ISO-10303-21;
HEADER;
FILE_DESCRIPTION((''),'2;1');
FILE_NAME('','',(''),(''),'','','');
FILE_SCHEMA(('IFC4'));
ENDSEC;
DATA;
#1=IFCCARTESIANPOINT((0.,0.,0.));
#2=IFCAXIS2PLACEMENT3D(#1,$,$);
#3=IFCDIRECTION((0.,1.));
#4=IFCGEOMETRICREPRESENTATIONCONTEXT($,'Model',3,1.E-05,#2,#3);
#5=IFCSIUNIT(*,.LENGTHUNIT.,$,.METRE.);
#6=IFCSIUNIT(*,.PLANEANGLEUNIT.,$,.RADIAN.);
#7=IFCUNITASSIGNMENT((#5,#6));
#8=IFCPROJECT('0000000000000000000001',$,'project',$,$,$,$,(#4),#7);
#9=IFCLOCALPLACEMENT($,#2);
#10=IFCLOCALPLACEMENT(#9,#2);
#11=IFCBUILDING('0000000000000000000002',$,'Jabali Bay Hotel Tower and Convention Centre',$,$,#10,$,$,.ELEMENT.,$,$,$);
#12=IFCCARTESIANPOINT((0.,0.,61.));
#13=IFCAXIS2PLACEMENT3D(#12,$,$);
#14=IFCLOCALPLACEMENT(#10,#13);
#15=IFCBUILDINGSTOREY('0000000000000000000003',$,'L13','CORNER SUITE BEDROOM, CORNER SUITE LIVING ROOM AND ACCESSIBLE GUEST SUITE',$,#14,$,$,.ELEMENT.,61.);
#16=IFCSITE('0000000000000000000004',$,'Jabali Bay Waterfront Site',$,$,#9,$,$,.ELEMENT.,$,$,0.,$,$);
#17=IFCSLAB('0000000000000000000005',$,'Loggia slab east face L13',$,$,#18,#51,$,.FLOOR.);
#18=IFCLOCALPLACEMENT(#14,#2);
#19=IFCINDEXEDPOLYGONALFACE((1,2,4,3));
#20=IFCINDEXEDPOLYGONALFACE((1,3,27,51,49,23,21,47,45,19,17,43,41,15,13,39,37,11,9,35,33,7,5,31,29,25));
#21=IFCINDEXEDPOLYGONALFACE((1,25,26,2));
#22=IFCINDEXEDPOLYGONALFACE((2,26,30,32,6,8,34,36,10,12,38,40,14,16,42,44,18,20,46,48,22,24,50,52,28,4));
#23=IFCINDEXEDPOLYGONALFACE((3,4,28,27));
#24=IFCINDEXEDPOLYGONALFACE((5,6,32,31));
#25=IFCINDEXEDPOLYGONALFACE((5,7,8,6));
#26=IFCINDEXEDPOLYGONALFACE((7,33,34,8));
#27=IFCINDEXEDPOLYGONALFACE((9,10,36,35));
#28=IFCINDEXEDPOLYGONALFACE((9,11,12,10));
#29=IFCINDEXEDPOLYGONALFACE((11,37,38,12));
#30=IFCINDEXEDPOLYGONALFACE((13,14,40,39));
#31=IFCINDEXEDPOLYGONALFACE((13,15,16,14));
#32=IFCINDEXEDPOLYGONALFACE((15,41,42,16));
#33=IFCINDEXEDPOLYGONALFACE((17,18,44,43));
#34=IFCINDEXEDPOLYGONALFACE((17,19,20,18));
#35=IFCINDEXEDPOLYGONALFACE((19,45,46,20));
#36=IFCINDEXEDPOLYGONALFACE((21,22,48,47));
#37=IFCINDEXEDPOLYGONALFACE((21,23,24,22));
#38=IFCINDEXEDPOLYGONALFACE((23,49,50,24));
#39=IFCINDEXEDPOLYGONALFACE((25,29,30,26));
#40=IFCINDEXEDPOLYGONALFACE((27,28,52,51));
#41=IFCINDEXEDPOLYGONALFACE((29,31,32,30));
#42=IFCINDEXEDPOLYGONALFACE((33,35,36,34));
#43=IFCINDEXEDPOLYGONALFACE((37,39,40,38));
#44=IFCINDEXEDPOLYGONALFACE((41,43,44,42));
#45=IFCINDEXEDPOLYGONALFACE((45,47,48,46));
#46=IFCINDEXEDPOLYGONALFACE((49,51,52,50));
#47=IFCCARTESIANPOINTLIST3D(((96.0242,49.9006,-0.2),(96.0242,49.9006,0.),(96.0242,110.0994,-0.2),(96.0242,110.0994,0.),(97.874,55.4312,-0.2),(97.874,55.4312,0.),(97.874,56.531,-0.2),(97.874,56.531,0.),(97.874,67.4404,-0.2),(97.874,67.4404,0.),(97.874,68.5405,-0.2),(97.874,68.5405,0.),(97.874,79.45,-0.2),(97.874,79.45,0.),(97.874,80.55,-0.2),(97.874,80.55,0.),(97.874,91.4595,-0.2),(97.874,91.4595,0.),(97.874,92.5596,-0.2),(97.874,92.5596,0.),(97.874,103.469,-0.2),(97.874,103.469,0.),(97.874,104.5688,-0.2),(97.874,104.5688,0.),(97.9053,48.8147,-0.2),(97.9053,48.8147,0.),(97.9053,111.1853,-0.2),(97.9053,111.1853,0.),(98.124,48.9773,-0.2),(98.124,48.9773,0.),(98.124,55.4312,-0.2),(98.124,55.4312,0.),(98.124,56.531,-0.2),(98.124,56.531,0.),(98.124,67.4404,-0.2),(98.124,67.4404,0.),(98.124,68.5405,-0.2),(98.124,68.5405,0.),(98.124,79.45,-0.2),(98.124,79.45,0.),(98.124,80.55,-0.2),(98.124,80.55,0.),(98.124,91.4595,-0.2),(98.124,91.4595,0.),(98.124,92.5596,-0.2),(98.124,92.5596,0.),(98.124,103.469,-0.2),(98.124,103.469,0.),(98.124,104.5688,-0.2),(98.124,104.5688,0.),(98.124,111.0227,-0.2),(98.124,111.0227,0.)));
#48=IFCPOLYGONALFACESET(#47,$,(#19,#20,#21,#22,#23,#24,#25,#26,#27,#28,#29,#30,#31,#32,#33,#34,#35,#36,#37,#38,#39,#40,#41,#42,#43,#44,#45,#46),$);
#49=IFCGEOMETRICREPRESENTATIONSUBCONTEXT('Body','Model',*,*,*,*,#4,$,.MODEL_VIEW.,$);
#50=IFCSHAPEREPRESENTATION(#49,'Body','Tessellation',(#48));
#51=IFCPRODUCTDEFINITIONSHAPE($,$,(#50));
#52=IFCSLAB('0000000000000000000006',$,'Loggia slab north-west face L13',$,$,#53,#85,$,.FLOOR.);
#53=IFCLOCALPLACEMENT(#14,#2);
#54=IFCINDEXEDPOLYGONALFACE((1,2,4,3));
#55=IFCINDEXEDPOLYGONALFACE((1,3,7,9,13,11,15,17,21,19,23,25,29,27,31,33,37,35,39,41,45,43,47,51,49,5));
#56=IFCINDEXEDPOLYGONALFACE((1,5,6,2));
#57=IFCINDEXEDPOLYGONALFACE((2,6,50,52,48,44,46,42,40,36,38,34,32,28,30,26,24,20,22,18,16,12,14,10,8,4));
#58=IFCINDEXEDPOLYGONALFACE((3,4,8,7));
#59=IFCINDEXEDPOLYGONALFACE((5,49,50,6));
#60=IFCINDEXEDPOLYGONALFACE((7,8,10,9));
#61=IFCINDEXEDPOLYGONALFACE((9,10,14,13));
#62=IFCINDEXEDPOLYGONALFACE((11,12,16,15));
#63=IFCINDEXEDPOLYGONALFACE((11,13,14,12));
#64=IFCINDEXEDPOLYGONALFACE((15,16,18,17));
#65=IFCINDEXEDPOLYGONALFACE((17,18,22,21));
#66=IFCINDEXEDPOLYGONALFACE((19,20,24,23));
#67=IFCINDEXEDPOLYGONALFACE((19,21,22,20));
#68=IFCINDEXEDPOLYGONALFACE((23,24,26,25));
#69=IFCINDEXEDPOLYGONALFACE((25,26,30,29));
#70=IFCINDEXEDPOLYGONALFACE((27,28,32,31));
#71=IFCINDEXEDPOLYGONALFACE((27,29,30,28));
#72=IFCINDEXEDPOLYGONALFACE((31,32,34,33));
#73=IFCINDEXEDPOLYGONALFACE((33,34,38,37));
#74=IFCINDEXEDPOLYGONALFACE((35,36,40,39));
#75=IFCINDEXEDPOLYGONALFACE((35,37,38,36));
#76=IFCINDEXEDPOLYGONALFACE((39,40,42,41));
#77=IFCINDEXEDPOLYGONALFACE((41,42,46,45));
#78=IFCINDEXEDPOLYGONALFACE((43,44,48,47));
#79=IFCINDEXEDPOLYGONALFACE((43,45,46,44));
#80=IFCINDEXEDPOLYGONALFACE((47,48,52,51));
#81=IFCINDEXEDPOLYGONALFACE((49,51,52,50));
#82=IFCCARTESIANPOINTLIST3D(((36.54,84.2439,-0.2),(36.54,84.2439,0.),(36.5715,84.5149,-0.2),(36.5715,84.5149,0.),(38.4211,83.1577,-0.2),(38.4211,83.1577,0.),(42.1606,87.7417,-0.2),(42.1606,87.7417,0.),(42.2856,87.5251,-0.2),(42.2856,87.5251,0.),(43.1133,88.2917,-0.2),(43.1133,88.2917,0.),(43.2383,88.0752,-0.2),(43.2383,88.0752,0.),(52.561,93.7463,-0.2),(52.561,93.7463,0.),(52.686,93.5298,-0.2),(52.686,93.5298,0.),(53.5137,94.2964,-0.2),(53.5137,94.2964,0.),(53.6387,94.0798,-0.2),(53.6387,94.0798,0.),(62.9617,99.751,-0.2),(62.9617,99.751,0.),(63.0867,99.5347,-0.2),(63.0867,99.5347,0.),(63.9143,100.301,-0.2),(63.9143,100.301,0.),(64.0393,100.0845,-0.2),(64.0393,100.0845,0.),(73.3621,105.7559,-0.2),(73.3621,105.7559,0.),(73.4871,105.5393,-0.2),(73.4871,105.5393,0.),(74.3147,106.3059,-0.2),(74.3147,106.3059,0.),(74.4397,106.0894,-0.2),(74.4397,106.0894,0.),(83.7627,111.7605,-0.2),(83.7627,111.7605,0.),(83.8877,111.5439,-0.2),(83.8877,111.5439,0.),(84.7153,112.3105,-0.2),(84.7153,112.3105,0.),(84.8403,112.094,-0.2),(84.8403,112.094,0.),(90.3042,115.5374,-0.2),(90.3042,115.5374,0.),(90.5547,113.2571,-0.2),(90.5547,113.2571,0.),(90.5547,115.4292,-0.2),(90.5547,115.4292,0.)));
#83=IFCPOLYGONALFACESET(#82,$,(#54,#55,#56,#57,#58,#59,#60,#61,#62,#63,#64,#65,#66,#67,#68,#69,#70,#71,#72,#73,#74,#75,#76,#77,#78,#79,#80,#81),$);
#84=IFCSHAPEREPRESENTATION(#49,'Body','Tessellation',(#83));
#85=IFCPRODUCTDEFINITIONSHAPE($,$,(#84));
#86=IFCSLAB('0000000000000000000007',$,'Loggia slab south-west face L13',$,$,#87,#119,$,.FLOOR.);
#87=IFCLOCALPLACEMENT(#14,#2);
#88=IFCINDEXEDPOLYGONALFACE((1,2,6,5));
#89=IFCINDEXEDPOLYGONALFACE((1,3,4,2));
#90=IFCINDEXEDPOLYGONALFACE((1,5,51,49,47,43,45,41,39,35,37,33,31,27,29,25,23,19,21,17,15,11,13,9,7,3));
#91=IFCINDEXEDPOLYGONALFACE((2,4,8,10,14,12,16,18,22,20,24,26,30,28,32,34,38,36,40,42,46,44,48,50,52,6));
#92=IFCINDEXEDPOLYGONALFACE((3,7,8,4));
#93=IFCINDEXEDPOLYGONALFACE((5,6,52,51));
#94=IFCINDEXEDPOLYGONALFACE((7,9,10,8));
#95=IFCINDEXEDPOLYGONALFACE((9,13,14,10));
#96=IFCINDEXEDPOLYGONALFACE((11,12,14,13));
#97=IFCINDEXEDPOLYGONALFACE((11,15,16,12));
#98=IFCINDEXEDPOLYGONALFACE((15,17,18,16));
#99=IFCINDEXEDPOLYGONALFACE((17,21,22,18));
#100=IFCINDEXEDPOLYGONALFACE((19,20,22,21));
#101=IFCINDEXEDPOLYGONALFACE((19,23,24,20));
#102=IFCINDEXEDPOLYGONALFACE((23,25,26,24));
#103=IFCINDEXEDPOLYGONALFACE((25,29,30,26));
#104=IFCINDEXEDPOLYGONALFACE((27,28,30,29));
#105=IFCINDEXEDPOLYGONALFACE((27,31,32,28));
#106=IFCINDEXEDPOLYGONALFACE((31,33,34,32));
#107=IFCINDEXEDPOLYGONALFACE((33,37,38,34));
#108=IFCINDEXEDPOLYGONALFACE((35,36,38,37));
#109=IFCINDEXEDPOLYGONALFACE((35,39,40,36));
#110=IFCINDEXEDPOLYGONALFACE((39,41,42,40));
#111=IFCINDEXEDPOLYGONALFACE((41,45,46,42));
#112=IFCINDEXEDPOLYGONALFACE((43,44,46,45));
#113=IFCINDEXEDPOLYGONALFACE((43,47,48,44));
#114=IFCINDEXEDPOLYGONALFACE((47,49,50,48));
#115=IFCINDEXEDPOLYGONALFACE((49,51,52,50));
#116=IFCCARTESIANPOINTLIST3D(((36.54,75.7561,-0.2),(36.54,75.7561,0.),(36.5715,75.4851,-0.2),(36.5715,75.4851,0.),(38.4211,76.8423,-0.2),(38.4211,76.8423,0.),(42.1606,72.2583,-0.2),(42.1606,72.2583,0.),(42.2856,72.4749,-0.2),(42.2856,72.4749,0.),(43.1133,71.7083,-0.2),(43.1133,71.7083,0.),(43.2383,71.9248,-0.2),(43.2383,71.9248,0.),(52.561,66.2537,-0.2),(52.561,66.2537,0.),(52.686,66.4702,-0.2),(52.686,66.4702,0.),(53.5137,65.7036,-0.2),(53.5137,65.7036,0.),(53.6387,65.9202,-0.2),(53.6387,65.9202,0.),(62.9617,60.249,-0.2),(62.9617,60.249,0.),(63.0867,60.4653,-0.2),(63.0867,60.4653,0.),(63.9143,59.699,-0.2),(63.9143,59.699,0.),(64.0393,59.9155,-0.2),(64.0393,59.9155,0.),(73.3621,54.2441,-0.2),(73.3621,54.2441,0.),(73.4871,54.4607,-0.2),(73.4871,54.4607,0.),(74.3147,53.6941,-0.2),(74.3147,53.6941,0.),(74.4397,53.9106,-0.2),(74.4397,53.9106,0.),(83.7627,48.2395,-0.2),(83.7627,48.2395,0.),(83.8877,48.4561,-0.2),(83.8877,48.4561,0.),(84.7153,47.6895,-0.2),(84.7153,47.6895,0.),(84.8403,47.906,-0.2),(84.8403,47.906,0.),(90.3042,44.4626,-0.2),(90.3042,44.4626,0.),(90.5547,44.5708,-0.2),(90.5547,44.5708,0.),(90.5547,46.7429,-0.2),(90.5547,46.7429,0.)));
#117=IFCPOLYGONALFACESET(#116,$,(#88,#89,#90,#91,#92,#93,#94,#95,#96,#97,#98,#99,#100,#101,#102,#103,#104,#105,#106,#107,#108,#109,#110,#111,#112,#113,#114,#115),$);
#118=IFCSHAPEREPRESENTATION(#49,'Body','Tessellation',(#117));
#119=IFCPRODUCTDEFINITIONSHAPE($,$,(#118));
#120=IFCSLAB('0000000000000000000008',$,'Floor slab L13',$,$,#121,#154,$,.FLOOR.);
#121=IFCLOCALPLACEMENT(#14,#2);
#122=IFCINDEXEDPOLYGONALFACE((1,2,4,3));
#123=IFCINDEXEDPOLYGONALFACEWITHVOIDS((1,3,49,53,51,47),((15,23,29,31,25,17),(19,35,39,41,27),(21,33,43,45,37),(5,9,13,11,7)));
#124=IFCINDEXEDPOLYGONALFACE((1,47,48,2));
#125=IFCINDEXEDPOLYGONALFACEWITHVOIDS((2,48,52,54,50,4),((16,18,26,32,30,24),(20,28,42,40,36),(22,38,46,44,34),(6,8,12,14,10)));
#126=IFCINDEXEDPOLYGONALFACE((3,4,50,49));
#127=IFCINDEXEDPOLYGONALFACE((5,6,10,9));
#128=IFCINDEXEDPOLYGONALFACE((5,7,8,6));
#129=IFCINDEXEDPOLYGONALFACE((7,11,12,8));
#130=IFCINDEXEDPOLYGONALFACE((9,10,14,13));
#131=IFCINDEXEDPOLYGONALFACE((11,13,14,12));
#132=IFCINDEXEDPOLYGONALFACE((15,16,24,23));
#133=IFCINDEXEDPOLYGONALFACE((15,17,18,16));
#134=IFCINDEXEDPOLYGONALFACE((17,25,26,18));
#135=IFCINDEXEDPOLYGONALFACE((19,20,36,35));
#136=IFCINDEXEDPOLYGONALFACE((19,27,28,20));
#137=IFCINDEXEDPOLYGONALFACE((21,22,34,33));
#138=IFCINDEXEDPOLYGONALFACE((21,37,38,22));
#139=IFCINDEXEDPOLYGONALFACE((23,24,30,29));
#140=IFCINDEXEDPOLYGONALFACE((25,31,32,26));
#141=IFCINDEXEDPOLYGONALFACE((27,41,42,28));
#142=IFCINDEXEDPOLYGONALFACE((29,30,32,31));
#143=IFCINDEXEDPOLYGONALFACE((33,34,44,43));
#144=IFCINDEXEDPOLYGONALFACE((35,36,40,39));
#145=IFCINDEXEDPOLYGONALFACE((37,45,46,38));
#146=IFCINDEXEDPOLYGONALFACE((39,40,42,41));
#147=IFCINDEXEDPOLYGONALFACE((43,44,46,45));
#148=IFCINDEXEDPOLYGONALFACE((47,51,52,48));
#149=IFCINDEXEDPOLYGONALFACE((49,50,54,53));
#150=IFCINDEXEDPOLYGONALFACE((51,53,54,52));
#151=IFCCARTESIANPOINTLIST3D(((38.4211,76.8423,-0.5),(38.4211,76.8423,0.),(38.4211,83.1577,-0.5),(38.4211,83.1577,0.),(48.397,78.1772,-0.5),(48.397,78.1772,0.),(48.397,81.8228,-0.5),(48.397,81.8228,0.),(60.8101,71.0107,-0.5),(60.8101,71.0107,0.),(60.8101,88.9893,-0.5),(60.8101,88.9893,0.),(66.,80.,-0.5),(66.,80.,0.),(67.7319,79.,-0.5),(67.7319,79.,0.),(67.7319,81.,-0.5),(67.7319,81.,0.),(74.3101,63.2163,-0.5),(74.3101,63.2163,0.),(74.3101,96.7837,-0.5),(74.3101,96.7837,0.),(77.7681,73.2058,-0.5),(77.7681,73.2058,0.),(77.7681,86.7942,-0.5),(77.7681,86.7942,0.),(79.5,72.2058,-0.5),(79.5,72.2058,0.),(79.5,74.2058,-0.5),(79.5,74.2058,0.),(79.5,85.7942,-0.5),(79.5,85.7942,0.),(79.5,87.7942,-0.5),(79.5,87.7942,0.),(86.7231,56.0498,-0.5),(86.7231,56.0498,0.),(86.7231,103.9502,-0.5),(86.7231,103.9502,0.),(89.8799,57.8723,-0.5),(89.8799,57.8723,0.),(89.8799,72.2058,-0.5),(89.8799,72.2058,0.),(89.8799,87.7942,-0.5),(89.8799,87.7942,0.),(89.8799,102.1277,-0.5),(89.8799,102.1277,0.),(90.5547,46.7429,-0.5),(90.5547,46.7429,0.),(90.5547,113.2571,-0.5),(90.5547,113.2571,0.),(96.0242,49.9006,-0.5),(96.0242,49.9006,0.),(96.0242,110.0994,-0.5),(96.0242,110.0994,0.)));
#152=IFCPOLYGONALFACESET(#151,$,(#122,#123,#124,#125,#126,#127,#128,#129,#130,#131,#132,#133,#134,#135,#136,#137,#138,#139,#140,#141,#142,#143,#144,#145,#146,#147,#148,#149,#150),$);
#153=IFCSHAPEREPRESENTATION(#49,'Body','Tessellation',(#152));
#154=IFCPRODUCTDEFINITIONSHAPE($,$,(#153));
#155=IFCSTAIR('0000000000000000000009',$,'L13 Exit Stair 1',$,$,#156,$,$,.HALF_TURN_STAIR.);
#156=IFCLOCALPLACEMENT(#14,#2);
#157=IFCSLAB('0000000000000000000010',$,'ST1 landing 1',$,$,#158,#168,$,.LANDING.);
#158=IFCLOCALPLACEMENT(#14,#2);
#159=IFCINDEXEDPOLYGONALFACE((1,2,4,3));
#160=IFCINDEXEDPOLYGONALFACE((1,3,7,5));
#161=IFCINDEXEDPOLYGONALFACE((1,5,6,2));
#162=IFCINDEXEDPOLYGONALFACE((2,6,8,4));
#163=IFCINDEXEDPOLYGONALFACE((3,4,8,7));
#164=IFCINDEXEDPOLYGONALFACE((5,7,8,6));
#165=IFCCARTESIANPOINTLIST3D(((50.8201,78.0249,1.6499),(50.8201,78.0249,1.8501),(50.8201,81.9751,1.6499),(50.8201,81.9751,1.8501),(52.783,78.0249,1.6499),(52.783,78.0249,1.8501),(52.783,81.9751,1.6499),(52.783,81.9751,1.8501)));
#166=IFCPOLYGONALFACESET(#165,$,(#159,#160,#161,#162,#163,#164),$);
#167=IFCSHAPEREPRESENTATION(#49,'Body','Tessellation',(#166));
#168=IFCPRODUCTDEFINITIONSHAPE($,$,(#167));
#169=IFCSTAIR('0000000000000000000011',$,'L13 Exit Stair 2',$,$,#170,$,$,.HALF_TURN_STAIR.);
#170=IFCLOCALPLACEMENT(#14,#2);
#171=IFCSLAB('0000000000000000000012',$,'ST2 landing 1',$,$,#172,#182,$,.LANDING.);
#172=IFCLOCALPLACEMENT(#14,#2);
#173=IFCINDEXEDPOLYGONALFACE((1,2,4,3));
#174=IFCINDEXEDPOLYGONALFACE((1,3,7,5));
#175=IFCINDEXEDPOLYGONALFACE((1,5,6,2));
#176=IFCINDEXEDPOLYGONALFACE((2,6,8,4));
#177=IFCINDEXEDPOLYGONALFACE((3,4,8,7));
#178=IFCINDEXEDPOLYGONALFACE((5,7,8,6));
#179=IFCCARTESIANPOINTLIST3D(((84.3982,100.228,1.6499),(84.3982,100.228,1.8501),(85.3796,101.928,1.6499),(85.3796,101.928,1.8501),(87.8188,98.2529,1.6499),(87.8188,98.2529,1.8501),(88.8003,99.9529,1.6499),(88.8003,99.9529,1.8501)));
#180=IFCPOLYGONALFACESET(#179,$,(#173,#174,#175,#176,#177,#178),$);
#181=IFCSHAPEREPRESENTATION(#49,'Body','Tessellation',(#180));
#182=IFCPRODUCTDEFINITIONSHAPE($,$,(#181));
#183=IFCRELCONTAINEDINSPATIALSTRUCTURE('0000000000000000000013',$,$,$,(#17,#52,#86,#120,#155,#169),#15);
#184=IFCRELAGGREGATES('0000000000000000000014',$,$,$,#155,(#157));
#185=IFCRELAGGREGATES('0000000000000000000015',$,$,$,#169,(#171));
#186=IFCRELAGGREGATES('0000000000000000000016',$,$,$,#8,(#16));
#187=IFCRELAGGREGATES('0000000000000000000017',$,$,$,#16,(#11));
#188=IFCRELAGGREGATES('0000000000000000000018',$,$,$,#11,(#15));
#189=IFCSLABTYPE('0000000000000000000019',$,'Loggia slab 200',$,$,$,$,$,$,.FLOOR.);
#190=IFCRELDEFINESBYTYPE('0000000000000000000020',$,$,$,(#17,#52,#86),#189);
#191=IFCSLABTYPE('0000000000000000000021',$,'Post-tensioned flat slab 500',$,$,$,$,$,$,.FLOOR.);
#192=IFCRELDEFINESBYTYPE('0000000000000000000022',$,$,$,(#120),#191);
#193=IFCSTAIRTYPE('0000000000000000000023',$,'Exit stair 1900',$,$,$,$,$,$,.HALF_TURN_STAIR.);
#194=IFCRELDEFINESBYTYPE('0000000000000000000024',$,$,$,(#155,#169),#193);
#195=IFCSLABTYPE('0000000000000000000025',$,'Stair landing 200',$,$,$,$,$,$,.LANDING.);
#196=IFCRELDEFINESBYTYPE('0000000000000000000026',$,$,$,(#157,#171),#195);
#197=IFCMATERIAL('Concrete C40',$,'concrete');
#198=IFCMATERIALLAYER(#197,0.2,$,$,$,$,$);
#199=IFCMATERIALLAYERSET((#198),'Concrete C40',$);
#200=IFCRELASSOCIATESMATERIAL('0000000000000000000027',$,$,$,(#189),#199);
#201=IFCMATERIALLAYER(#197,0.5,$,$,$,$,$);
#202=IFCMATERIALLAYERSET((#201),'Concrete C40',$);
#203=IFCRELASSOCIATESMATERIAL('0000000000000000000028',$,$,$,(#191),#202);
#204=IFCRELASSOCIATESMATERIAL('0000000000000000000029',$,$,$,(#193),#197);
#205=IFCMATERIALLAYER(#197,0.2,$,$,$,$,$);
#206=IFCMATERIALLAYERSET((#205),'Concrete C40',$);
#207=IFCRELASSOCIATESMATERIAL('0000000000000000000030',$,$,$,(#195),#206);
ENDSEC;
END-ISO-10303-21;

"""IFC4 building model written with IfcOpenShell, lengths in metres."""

from ifc_helpers import new_model, si_unit, direction, frame, origin, place, context, subcontext, project, spatial, polyline, outline, extrude, material, layer, layer_set, type_object, element, aggregate, save


model = new_model("IFC4")

# Units and contexts
model_context = context("Model", 3, precision=1e-05, world=origin(), true_north=direction((0.0, 1.0)))
body_context = subcontext(model_context, "Body", "Model", "MODEL_VIEW")
ifc_project = project(units=[si_unit("LENGTHUNIT", "METRE"), si_unit("PLANEANGLEUNIT", "RADIAN")], contexts=[model_context])

# Site, building, storey
site_placement = place(None, origin())
site = spatial("IfcSite", under=ifc_project, at=site_placement, Name="Jabali Bay Waterfront Site", CompositionType="ELEMENT", RefElevation=0.0)
building_placement = place(site_placement, origin())
building = spatial("IfcBuilding", under=site, at=building_placement, Name="Jabali Bay Hotel Tower and Convention Centre", CompositionType="ELEMENT")
storey_placement = place(building_placement, frame((0.0, 0.0, 61.0)))
storey = spatial("IfcBuildingStorey", under=building, at=storey_placement, Name="L13", Description="CORNER SUITE BEDROOM, CORNER SUITE LIVING ROOM AND ACCESSIBLE GUEST SUITE", CompositionType="ELEMENT", Elevation=61.0)

# Slabs
ifc_material_1 = material(Name="Concrete C40", Category="concrete")
ifc_layer_1 = layer(ifc_material_1, 0.2)
ifc_layer_set_1 = layer_set([ifc_layer_1], Name="Concrete C40")
slab_type_1 = type_object("IfcSlabType", Name="Loggia slab 200", PredefinedType="FLOOR", material=ifc_layer_set_1)
slab_1_placement = place(storey_placement, frame((0.0, 0.0, -0.2)))
element("IfcSlab", 1, at=slab_1_placement, inside=storey, type_object=slab_type_1, Name="Loggia slab east face L13", PredefinedType="FLOOR", context=body_context, shape_type="SweptSolid", body=[
    extrude(outline(polyline([(96.0242, 110.0994), (97.9053, 111.1853), (98.124, 111.0227), (98.124, 104.5688), (97.874, 104.5688), (97.874, 103.469), (98.124, 103.469), (98.124, 92.5596), (97.874, 92.5596), (97.874, 91.4595), (98.124, 91.4595), (98.124, 80.55), (97.874, 80.55), (97.874, 79.45), (98.124, 79.45), (98.124, 68.5405), (97.874, 68.5405), (97.874, 67.4404), (98.124, 67.4404), (98.124, 56.531), (97.874, 56.531), (97.874, 55.4312), (98.124, 55.4312), (98.124, 48.9773), (97.9053, 48.8147), (96.0242, 49.9006), (96.0242, 110.0994)])), origin(), (0.0, 0.0, 1.0), 0.2),
])
slab_2_placement = place(storey_placement, frame((0.0, 0.0, -0.2)))
element("IfcSlab", 2, at=slab_2_placement, inside=storey, type_object=slab_type_1, Name="Loggia slab north-west face L13", PredefinedType="FLOOR", context=body_context, shape_type="SweptSolid", body=[
    extrude(outline(polyline([(38.4211, 83.1577), (36.54, 84.2439), (36.5715, 84.5149), (42.1606, 87.7417), (42.2856, 87.5251), (43.2383, 88.0752), (43.1133, 88.2917), (52.561, 93.7463), (52.686, 93.5298), (53.6387, 94.0798), (53.5137, 94.2964), (62.9617, 99.751), (63.0867, 99.5347), (64.0393, 100.0845), (63.9143, 100.301), (73.3621, 105.7559), (73.4871, 105.5393), (74.4397, 106.0894), (74.3147, 106.3059), (83.7627, 111.7605), (83.8877, 111.5439), (84.8403, 112.094), (84.7153, 112.3105), (90.3042, 115.5374), (90.5547, 115.4292), (90.5547, 113.2571), (38.4211, 83.1577)])), origin(), (0.0, 0.0, 1.0), 0.2),
])
slab_3_placement = place(storey_placement, frame((0.0, 0.0, -0.2)))
element("IfcSlab", 3, at=slab_3_placement, inside=storey, type_object=slab_type_1, Name="Loggia slab south-west face L13", PredefinedType="FLOOR", context=body_context, shape_type="SweptSolid", body=[
    extrude(outline(polyline([(90.5547, 46.7429), (90.5547, 44.5708), (90.3042, 44.4626), (84.7153, 47.6895), (84.8403, 47.906), (83.8877, 48.4561), (83.7627, 48.2395), (74.3147, 53.6941), (74.4397, 53.9106), (73.4871, 54.4607), (73.3621, 54.2441), (63.9143, 59.699), (64.0393, 59.9155), (63.0867, 60.4653), (62.9617, 60.249), (53.5137, 65.7036), (53.6387, 65.9202), (52.686, 66.4702), (52.561, 66.2537), (43.1133, 71.7083), (43.2383, 71.9248), (42.2856, 72.4749), (42.1606, 72.2583), (36.5715, 75.4851), (36.54, 75.7561), (38.4211, 76.8423), (90.5547, 46.7429)])), origin(), (0.0, 0.0, 1.0), 0.2),
])
ifc_layer_2 = layer(ifc_material_1, 0.5)
ifc_layer_set_2 = layer_set([ifc_layer_2], Name="Concrete C40")
slab_type_2 = type_object("IfcSlabType", Name="Post-tensioned flat slab 500", PredefinedType="FLOOR", material=ifc_layer_set_2)
slab_4_placement = place(storey_placement, frame((0.0, 0.0, -0.5)))
element("IfcSlab", 4, at=slab_4_placement, inside=storey, type_object=slab_type_2, Name="Floor slab L13", PredefinedType="FLOOR", context=body_context, shape_type="SweptSolid", body=[
    extrude(outline(polyline([(90.5547, 113.2571), (96.0242, 110.0994), (96.0242, 49.9006), (90.5547, 46.7429), (38.4211, 76.8423), (38.4211, 83.1577), (90.5547, 113.2571)]), holes=[polyline([(67.7319, 79.0), (77.7681, 73.2058), (79.5, 74.2058), (79.5, 85.7942), (77.7681, 86.7942), (67.7319, 81.0), (67.7319, 79.0)]), polyline([(48.397, 78.1772), (60.8101, 71.0107), (66.0, 80.0), (60.8101, 88.9893), (48.397, 81.8228), (48.397, 78.1772)]), polyline([(89.8799, 102.1277), (86.7231, 103.9502), (74.3101, 96.7837), (79.5, 87.7942), (89.8799, 87.7942), (89.8799, 102.1277)]), polyline([(74.3101, 63.2163), (86.7231, 56.0498), (89.8799, 57.8723), (89.8799, 72.2058), (79.5, 72.2058), (74.3101, 63.2163)])]), origin(), (0.0, 0.0, 1.0), 0.5),
])

# Stairs, slabs
stair_type = type_object("IfcStairType", Name="Exit stair 1900", PredefinedType="HALF_TURN_STAIR", material=ifc_material_1)
stair_1_placement = place(storey_placement, origin())
stair_1 = element("IfcStair", 5, at=stair_1_placement, inside=storey, type_object=stair_type, Name="L13 Exit Stair 1", PredefinedType="HALF_TURN_STAIR")
ifc_layer_3 = layer(ifc_material_1, 0.2)
ifc_layer_set_3 = layer_set([ifc_layer_3], Name="Concrete C40")
slab_type_3 = type_object("IfcSlabType", Name="Stair landing 200", PredefinedType="LANDING", material=ifc_layer_set_3)
slab_5_placement = place(storey_placement, frame((0.0, 0.0, 1.6499)))
slab_5 = element("IfcSlab", 6, at=slab_5_placement, type_object=slab_type_3, Name="ST1 landing 1", PredefinedType="LANDING", context=body_context, shape_type="SweptSolid", body=[
    extrude(outline(polyline([(52.783, 81.9751), (50.8201, 81.9751), (50.8201, 78.0249), (52.783, 78.0249), (52.783, 81.9751)])), origin(), (0.0, 0.0, 1.0), 0.2002),
])
aggregate(stair_1, [slab_5])
stair_2_placement = place(storey_placement, origin())
stair_2 = element("IfcStair", 7, at=stair_2_placement, inside=storey, type_object=stair_type, Name="L13 Exit Stair 2", PredefinedType="HALF_TURN_STAIR")
slab_6_placement = place(storey_placement, frame((0.0, 0.0, 1.6499)))
slab_6 = element("IfcSlab", 8, at=slab_6_placement, type_object=slab_type_3, Name="ST2 landing 1", PredefinedType="LANDING", context=body_context, shape_type="SweptSolid", body=[
    extrude(outline(polyline([(87.8188, 98.2529), (88.8003, 99.9529), (85.3796, 101.928), (84.3982, 100.228), (87.8188, 98.2529)])), origin(), (0.0, 0.0, 1.0), 0.2002),
])
aggregate(stair_2, [slab_6])

save(model, "model.ifc")
